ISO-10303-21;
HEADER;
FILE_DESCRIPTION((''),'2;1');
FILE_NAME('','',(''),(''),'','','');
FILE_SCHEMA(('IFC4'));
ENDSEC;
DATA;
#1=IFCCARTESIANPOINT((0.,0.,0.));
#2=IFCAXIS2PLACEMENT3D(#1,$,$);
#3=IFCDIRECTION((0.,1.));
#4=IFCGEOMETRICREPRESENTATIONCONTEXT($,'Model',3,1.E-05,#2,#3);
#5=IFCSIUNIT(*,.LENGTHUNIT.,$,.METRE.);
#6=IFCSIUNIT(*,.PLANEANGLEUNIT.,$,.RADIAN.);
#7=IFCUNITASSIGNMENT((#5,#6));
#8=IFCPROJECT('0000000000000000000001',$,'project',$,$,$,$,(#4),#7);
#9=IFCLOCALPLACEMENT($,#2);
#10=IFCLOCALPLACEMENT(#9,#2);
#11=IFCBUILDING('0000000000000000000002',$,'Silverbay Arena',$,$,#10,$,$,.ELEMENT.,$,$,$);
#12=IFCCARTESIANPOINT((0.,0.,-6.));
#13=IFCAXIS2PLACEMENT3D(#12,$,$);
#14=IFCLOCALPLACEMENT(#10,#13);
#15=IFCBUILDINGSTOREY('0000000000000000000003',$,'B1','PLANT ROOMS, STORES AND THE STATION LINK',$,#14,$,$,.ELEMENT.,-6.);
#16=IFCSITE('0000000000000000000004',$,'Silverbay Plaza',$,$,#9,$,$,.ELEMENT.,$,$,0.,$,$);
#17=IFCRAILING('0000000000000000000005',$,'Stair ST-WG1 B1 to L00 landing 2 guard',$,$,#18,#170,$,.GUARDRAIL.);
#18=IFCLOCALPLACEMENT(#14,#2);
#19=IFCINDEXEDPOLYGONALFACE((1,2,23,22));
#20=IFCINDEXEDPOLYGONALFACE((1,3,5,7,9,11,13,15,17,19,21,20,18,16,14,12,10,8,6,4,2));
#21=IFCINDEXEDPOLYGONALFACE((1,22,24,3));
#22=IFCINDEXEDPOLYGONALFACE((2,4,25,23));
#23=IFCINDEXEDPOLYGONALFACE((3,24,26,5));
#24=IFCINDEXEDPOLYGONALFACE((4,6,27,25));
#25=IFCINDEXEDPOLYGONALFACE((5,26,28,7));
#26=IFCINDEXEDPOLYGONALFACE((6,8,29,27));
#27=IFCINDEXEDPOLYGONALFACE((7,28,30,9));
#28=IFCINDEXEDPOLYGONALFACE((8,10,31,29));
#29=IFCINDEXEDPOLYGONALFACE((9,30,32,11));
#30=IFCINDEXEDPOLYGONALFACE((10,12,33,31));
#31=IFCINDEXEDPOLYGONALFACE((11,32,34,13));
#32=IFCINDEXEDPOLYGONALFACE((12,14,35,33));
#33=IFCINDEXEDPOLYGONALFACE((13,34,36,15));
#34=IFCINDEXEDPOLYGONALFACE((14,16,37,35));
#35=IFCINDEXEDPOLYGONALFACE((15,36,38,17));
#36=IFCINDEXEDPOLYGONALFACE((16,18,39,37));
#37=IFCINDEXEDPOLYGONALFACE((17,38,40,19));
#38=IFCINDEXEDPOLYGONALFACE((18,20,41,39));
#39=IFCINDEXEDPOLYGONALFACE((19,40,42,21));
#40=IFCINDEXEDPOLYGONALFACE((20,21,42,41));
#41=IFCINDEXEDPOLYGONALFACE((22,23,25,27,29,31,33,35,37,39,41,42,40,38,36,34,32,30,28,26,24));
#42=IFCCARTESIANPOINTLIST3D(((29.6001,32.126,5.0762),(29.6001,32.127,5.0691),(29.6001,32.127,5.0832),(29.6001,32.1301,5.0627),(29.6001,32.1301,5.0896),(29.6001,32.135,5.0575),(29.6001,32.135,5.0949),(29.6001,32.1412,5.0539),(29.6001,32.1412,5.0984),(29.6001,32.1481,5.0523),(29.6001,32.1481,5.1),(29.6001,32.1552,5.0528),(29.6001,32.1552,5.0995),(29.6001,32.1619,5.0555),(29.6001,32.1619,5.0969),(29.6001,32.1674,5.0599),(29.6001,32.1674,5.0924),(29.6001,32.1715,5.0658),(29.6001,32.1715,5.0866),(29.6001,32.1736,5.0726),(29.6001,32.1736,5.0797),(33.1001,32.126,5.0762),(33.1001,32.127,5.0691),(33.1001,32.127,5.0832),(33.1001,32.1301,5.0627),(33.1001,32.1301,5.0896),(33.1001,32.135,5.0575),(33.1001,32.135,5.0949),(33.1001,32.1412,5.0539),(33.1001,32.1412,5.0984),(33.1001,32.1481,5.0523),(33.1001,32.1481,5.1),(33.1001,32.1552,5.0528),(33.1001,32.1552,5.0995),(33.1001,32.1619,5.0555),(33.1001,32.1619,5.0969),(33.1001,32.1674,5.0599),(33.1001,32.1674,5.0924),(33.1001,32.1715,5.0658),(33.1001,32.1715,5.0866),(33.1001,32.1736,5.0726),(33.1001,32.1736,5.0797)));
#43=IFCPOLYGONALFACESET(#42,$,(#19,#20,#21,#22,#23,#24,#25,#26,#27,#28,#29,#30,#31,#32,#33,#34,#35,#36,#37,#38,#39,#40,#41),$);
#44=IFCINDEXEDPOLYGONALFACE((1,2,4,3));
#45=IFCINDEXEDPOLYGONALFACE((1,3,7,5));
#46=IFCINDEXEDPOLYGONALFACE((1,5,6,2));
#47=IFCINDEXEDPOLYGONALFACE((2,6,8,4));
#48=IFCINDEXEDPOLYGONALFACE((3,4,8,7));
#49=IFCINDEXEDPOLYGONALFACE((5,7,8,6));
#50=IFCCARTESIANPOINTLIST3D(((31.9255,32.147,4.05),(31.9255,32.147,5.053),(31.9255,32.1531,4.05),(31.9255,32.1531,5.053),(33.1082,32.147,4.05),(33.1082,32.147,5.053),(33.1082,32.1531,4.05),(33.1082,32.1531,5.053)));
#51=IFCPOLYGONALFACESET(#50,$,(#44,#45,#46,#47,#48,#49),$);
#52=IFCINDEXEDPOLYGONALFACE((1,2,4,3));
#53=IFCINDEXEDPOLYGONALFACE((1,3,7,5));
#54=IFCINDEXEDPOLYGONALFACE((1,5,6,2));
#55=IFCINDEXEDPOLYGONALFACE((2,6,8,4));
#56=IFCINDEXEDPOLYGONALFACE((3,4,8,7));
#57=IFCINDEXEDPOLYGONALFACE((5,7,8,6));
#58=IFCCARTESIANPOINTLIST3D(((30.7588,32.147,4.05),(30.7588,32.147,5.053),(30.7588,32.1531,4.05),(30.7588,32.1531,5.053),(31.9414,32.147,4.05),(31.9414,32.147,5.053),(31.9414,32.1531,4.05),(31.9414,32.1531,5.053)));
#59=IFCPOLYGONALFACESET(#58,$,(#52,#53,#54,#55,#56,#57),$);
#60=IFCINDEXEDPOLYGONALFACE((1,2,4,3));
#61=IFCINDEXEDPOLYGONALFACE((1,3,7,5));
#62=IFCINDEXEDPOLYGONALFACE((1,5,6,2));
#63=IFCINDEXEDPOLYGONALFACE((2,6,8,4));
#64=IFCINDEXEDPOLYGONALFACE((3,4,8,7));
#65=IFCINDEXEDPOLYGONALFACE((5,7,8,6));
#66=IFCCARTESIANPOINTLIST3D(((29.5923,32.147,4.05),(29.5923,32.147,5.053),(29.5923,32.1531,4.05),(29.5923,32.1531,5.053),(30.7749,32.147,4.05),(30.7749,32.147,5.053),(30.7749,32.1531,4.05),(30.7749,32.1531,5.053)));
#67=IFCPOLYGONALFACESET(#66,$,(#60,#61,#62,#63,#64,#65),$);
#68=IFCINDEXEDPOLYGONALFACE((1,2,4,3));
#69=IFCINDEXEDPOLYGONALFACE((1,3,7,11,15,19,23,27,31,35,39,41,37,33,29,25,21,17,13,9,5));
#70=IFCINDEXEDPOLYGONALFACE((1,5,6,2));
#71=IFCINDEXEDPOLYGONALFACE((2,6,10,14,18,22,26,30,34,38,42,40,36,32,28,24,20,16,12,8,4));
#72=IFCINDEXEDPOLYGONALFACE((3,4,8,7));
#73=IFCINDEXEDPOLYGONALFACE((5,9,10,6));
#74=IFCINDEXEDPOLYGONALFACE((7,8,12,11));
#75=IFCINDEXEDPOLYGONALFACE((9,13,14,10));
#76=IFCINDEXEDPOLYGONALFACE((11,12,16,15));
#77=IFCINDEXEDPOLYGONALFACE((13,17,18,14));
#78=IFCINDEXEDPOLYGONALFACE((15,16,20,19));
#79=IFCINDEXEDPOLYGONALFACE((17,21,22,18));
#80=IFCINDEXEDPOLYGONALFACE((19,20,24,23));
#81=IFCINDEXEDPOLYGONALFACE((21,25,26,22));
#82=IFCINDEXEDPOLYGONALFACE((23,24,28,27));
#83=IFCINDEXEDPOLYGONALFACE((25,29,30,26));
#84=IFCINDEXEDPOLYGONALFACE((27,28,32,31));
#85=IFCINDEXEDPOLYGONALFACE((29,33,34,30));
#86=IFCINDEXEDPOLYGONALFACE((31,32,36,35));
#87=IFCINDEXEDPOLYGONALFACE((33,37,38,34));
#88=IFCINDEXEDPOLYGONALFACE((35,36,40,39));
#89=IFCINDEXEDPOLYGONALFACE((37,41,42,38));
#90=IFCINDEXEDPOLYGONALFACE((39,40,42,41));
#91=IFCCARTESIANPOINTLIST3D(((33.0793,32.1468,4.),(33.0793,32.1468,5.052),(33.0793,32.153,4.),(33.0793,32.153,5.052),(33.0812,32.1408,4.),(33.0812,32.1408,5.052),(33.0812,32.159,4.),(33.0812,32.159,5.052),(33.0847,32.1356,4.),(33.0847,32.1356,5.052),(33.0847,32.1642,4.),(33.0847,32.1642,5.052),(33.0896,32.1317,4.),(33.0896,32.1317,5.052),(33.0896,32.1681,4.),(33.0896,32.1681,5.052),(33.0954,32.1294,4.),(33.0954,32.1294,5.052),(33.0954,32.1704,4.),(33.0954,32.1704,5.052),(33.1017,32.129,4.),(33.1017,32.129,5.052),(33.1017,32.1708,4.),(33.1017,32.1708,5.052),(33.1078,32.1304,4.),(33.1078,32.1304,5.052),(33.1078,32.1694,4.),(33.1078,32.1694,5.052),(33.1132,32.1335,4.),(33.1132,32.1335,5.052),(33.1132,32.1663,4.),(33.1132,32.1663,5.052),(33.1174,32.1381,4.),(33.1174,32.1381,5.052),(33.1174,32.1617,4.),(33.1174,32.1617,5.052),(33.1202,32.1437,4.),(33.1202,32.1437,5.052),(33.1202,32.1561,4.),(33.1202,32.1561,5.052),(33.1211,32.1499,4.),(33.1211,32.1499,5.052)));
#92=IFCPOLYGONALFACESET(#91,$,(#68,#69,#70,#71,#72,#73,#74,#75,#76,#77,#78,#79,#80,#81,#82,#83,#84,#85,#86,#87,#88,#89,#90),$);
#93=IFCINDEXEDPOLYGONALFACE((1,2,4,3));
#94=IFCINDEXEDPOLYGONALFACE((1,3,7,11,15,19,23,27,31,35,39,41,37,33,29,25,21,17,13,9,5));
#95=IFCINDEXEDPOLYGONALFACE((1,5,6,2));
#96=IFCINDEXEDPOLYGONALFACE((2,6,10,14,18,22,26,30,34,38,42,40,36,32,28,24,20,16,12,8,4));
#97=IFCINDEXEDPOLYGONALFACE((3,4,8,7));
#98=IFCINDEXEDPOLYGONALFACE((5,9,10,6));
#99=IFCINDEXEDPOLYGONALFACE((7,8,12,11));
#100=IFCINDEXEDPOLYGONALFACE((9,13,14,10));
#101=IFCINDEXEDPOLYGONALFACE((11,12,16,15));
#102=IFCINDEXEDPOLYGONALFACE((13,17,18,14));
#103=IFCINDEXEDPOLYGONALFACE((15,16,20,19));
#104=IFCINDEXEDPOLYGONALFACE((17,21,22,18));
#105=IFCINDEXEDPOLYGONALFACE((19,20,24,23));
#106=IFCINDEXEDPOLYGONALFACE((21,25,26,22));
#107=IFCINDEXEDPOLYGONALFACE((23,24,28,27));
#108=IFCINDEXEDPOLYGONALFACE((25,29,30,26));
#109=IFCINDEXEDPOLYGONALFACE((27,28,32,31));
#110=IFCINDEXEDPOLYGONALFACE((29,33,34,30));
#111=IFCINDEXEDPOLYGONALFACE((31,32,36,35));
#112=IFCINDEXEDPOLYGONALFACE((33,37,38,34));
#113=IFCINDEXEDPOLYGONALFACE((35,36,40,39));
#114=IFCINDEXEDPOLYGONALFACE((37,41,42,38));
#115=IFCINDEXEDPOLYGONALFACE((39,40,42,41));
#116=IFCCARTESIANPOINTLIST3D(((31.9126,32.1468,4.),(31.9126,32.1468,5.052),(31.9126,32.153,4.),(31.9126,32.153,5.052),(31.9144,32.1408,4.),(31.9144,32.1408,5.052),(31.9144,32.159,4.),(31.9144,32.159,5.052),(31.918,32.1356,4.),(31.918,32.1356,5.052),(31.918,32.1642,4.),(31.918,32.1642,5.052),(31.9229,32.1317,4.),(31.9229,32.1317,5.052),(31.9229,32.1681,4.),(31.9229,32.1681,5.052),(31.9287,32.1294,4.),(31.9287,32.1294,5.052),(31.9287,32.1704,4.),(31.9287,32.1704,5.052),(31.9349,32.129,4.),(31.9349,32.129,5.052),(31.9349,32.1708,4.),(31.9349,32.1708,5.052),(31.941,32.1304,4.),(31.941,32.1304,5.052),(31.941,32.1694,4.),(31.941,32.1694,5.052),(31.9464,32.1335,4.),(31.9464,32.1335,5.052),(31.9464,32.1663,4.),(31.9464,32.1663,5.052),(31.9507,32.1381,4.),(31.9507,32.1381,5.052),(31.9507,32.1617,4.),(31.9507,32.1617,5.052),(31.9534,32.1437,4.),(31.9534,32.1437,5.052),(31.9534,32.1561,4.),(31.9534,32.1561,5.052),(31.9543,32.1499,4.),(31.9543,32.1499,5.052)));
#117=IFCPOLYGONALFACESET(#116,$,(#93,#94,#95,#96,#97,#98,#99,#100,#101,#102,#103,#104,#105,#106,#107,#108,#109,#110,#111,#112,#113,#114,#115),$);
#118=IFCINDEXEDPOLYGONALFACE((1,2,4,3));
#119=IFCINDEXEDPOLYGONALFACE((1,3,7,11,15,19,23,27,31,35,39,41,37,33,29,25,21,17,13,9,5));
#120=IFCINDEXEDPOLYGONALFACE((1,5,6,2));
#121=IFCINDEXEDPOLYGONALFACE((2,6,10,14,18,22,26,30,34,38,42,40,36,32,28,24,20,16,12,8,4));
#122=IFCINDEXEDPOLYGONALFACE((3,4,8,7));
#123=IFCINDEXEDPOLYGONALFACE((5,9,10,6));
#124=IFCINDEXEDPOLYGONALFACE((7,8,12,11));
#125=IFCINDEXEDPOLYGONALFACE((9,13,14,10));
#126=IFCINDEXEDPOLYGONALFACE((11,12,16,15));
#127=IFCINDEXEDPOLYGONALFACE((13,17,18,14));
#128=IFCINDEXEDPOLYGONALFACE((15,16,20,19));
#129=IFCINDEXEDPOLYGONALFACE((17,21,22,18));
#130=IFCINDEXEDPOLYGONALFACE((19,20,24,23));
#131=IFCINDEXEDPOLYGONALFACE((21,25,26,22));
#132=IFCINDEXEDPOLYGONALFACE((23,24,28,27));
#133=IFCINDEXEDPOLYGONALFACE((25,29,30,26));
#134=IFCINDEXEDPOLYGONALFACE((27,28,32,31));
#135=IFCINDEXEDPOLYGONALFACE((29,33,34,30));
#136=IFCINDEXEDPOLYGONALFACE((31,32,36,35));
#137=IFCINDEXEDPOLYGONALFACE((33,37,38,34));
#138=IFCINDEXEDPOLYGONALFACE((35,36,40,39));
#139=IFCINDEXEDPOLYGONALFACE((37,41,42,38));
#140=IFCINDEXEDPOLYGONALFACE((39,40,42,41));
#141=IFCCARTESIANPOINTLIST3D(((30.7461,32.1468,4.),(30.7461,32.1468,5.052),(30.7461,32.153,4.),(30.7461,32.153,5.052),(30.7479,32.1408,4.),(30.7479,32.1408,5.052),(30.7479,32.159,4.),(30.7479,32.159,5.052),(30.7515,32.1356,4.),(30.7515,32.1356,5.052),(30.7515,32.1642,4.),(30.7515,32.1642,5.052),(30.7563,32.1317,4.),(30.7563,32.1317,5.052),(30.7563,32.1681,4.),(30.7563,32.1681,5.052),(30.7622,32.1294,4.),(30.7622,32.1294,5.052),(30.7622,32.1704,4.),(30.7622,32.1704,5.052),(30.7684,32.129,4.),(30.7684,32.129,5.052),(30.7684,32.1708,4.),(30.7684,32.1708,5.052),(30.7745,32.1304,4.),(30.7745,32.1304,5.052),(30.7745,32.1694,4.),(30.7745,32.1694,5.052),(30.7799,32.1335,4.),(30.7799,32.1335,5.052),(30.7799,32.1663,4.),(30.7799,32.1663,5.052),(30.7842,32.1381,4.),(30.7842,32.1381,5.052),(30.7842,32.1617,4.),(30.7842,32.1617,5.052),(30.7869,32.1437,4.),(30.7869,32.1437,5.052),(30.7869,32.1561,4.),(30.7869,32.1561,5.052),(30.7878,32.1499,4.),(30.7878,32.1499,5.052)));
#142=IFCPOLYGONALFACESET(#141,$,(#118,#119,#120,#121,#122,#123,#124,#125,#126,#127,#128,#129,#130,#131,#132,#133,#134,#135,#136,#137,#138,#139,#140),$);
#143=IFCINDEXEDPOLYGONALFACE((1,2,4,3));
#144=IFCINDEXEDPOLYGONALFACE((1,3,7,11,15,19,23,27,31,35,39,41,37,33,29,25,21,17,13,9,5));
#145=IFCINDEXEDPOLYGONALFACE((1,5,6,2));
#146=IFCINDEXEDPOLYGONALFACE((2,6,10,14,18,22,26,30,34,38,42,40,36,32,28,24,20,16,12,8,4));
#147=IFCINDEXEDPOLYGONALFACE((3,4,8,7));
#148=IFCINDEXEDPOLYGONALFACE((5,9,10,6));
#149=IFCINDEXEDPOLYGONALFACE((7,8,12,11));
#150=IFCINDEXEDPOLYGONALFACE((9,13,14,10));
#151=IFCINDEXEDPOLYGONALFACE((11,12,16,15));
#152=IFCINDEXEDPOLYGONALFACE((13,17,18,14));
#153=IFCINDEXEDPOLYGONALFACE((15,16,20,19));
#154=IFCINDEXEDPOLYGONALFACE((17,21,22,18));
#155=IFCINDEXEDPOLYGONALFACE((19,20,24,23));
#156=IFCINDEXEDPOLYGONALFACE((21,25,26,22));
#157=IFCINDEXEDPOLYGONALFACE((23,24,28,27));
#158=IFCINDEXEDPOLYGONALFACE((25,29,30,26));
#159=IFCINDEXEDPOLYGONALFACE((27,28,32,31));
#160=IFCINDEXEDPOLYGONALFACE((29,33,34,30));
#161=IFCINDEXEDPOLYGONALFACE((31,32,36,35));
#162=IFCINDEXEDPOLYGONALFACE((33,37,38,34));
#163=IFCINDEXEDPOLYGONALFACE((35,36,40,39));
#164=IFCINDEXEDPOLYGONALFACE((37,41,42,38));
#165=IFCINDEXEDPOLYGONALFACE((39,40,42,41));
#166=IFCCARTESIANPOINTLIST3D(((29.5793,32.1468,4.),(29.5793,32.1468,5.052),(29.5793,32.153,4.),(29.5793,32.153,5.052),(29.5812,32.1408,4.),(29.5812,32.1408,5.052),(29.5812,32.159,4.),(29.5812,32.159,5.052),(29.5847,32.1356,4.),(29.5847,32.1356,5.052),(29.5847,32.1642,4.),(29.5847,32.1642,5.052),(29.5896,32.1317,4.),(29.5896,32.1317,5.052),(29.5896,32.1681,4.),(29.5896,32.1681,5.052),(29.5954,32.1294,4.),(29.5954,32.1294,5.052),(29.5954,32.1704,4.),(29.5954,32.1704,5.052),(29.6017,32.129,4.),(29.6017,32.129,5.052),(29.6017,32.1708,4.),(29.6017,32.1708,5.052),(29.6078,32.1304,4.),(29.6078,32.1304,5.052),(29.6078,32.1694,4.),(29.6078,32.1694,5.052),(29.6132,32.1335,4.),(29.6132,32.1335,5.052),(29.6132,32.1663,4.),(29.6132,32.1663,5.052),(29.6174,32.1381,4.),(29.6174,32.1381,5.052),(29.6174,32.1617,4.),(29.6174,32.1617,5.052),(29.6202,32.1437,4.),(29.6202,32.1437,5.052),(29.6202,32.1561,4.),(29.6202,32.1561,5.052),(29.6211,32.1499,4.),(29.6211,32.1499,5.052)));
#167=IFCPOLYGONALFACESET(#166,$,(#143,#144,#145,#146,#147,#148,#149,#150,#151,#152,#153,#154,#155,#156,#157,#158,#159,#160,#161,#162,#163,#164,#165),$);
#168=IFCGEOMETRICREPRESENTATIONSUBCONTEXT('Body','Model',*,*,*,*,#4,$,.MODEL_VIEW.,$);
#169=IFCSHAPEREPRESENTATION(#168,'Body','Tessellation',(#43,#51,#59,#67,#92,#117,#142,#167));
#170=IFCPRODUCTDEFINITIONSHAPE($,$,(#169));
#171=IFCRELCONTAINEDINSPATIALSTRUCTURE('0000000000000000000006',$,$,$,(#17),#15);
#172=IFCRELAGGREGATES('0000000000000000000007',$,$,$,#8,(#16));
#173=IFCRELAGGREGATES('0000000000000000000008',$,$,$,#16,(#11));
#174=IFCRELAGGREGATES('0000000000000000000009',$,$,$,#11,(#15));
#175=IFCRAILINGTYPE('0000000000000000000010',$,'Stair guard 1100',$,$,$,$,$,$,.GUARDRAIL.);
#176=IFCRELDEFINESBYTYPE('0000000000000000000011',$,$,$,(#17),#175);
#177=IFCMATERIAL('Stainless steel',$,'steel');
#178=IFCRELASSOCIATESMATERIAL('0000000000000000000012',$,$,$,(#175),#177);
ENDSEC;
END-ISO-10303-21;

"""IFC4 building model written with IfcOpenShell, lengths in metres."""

from ifc_helpers import new_model, si_unit, direction, frame, origin, origin_2d, place, context, subcontext, project, spatial, polyline, circle, outline, extrude, material, type_object, element, save


model = new_model("IFC4")

# Units and contexts
model_context = context("Model", 3, precision=1e-05, world=origin(), true_north=direction((0.0, 1.0)))
body_context = subcontext(model_context, "Body", "Model", "MODEL_VIEW")
ifc_project = project(units=[si_unit("LENGTHUNIT", "METRE"), si_unit("PLANEANGLEUNIT", "RADIAN")], contexts=[model_context])

# Site, building, storey
site_placement = place(None, origin())
site = spatial("IfcSite", under=ifc_project, at=site_placement, Name="Silverbay Plaza", CompositionType="ELEMENT", RefElevation=0.0)
building_placement = place(site_placement, origin())
building = spatial("IfcBuilding", under=site, at=building_placement, Name="Silverbay Arena", CompositionType="ELEMENT")
storey_placement = place(building_placement, frame((0.0, 0.0, -6.0)))
storey = spatial("IfcBuildingStorey", under=building, at=storey_placement, Name="B1", Description="PLANT ROOMS, STORES AND THE STATION LINK", CompositionType="ELEMENT", Elevation=-6.0)

# Railing
ifc_material_1 = material(Name="Stainless steel", Category="steel")
railing_type_1 = type_object("IfcRailingType", Name="Stair guard 1100", PredefinedType="GUARDRAIL", material=ifc_material_1)
for number, where, name in (
    (1, (33.1001, 32.1499, 4.0), "Stair ST-WG1 B1 to L00 landing 2 guard"),
):
    element("IfcRailing", number, at=place(storey_placement, frame(where)), inside=storey, type_object=railing_type_1, Name=name, PredefinedType="GUARDRAIL", context=body_context, shape_type="SweptSolid", body=[
        extrude(circle(Radius=0.0239, at=origin_2d()), frame((0.0, 0.0, 1.0762), z_axis=(-1.0, 0.0, 0.0), x_axis=(0.0, -1.0, 0.0)), (0.0, 0.0, 1.0), 3.5),
        extrude(outline(polyline([(-0.0081, 0.05), (1.1746, 0.05), (1.1746, 1.053), (-0.0081, 1.053), (-0.0081, 0.05)])), frame((0.0, -0.0029, 0.0), z_axis=(0.0, 1.0, 0.0), x_axis=(-1.0, 0.0, 0.0)), (0.0, 0.0, 1.0), 0.0061),
        extrude(outline(polyline([(-0.0081, 0.05), (1.1746, 0.05), (1.1746, 1.053), (-0.0081, 1.053), (-0.0081, 0.05)])), frame((-1.1667, -0.0029, 0.0), z_axis=(0.0, 1.0, 0.0), x_axis=(-1.0, 0.0, 0.0)), (0.0, 0.0, 1.0), 0.0061),
        extrude(outline(polyline([(-0.0081, 0.05), (1.1746, 0.05), (1.1746, 1.053), (-0.0081, 1.053), (-0.0081, 0.05)])), frame((-2.3333, -0.0029, 0.0), z_axis=(0.0, 1.0, 0.0), x_axis=(-1.0, 0.0, 0.0)), (0.0, 0.0, 1.0), 0.0061),
        extrude(circle(Radius=0.021, at=origin_2d()), origin(), (0.0, 0.0, 1.0), 1.052),
        extrude(circle(Radius=0.021, at=origin_2d()), frame((-1.1667, 0.0, 0.0)), (0.0, 0.0, 1.0), 1.052),
        extrude(circle(Radius=0.021, at=origin_2d()), frame((-2.3333, 0.0, 0.0)), (0.0, 0.0, 1.0), 1.052),
        extrude(circle(Radius=0.021, at=origin_2d()), frame((-3.5, 0.0, 0.0)), (0.0, 0.0, 1.0), 1.052),
    ])

save(model, "model.ifc")
